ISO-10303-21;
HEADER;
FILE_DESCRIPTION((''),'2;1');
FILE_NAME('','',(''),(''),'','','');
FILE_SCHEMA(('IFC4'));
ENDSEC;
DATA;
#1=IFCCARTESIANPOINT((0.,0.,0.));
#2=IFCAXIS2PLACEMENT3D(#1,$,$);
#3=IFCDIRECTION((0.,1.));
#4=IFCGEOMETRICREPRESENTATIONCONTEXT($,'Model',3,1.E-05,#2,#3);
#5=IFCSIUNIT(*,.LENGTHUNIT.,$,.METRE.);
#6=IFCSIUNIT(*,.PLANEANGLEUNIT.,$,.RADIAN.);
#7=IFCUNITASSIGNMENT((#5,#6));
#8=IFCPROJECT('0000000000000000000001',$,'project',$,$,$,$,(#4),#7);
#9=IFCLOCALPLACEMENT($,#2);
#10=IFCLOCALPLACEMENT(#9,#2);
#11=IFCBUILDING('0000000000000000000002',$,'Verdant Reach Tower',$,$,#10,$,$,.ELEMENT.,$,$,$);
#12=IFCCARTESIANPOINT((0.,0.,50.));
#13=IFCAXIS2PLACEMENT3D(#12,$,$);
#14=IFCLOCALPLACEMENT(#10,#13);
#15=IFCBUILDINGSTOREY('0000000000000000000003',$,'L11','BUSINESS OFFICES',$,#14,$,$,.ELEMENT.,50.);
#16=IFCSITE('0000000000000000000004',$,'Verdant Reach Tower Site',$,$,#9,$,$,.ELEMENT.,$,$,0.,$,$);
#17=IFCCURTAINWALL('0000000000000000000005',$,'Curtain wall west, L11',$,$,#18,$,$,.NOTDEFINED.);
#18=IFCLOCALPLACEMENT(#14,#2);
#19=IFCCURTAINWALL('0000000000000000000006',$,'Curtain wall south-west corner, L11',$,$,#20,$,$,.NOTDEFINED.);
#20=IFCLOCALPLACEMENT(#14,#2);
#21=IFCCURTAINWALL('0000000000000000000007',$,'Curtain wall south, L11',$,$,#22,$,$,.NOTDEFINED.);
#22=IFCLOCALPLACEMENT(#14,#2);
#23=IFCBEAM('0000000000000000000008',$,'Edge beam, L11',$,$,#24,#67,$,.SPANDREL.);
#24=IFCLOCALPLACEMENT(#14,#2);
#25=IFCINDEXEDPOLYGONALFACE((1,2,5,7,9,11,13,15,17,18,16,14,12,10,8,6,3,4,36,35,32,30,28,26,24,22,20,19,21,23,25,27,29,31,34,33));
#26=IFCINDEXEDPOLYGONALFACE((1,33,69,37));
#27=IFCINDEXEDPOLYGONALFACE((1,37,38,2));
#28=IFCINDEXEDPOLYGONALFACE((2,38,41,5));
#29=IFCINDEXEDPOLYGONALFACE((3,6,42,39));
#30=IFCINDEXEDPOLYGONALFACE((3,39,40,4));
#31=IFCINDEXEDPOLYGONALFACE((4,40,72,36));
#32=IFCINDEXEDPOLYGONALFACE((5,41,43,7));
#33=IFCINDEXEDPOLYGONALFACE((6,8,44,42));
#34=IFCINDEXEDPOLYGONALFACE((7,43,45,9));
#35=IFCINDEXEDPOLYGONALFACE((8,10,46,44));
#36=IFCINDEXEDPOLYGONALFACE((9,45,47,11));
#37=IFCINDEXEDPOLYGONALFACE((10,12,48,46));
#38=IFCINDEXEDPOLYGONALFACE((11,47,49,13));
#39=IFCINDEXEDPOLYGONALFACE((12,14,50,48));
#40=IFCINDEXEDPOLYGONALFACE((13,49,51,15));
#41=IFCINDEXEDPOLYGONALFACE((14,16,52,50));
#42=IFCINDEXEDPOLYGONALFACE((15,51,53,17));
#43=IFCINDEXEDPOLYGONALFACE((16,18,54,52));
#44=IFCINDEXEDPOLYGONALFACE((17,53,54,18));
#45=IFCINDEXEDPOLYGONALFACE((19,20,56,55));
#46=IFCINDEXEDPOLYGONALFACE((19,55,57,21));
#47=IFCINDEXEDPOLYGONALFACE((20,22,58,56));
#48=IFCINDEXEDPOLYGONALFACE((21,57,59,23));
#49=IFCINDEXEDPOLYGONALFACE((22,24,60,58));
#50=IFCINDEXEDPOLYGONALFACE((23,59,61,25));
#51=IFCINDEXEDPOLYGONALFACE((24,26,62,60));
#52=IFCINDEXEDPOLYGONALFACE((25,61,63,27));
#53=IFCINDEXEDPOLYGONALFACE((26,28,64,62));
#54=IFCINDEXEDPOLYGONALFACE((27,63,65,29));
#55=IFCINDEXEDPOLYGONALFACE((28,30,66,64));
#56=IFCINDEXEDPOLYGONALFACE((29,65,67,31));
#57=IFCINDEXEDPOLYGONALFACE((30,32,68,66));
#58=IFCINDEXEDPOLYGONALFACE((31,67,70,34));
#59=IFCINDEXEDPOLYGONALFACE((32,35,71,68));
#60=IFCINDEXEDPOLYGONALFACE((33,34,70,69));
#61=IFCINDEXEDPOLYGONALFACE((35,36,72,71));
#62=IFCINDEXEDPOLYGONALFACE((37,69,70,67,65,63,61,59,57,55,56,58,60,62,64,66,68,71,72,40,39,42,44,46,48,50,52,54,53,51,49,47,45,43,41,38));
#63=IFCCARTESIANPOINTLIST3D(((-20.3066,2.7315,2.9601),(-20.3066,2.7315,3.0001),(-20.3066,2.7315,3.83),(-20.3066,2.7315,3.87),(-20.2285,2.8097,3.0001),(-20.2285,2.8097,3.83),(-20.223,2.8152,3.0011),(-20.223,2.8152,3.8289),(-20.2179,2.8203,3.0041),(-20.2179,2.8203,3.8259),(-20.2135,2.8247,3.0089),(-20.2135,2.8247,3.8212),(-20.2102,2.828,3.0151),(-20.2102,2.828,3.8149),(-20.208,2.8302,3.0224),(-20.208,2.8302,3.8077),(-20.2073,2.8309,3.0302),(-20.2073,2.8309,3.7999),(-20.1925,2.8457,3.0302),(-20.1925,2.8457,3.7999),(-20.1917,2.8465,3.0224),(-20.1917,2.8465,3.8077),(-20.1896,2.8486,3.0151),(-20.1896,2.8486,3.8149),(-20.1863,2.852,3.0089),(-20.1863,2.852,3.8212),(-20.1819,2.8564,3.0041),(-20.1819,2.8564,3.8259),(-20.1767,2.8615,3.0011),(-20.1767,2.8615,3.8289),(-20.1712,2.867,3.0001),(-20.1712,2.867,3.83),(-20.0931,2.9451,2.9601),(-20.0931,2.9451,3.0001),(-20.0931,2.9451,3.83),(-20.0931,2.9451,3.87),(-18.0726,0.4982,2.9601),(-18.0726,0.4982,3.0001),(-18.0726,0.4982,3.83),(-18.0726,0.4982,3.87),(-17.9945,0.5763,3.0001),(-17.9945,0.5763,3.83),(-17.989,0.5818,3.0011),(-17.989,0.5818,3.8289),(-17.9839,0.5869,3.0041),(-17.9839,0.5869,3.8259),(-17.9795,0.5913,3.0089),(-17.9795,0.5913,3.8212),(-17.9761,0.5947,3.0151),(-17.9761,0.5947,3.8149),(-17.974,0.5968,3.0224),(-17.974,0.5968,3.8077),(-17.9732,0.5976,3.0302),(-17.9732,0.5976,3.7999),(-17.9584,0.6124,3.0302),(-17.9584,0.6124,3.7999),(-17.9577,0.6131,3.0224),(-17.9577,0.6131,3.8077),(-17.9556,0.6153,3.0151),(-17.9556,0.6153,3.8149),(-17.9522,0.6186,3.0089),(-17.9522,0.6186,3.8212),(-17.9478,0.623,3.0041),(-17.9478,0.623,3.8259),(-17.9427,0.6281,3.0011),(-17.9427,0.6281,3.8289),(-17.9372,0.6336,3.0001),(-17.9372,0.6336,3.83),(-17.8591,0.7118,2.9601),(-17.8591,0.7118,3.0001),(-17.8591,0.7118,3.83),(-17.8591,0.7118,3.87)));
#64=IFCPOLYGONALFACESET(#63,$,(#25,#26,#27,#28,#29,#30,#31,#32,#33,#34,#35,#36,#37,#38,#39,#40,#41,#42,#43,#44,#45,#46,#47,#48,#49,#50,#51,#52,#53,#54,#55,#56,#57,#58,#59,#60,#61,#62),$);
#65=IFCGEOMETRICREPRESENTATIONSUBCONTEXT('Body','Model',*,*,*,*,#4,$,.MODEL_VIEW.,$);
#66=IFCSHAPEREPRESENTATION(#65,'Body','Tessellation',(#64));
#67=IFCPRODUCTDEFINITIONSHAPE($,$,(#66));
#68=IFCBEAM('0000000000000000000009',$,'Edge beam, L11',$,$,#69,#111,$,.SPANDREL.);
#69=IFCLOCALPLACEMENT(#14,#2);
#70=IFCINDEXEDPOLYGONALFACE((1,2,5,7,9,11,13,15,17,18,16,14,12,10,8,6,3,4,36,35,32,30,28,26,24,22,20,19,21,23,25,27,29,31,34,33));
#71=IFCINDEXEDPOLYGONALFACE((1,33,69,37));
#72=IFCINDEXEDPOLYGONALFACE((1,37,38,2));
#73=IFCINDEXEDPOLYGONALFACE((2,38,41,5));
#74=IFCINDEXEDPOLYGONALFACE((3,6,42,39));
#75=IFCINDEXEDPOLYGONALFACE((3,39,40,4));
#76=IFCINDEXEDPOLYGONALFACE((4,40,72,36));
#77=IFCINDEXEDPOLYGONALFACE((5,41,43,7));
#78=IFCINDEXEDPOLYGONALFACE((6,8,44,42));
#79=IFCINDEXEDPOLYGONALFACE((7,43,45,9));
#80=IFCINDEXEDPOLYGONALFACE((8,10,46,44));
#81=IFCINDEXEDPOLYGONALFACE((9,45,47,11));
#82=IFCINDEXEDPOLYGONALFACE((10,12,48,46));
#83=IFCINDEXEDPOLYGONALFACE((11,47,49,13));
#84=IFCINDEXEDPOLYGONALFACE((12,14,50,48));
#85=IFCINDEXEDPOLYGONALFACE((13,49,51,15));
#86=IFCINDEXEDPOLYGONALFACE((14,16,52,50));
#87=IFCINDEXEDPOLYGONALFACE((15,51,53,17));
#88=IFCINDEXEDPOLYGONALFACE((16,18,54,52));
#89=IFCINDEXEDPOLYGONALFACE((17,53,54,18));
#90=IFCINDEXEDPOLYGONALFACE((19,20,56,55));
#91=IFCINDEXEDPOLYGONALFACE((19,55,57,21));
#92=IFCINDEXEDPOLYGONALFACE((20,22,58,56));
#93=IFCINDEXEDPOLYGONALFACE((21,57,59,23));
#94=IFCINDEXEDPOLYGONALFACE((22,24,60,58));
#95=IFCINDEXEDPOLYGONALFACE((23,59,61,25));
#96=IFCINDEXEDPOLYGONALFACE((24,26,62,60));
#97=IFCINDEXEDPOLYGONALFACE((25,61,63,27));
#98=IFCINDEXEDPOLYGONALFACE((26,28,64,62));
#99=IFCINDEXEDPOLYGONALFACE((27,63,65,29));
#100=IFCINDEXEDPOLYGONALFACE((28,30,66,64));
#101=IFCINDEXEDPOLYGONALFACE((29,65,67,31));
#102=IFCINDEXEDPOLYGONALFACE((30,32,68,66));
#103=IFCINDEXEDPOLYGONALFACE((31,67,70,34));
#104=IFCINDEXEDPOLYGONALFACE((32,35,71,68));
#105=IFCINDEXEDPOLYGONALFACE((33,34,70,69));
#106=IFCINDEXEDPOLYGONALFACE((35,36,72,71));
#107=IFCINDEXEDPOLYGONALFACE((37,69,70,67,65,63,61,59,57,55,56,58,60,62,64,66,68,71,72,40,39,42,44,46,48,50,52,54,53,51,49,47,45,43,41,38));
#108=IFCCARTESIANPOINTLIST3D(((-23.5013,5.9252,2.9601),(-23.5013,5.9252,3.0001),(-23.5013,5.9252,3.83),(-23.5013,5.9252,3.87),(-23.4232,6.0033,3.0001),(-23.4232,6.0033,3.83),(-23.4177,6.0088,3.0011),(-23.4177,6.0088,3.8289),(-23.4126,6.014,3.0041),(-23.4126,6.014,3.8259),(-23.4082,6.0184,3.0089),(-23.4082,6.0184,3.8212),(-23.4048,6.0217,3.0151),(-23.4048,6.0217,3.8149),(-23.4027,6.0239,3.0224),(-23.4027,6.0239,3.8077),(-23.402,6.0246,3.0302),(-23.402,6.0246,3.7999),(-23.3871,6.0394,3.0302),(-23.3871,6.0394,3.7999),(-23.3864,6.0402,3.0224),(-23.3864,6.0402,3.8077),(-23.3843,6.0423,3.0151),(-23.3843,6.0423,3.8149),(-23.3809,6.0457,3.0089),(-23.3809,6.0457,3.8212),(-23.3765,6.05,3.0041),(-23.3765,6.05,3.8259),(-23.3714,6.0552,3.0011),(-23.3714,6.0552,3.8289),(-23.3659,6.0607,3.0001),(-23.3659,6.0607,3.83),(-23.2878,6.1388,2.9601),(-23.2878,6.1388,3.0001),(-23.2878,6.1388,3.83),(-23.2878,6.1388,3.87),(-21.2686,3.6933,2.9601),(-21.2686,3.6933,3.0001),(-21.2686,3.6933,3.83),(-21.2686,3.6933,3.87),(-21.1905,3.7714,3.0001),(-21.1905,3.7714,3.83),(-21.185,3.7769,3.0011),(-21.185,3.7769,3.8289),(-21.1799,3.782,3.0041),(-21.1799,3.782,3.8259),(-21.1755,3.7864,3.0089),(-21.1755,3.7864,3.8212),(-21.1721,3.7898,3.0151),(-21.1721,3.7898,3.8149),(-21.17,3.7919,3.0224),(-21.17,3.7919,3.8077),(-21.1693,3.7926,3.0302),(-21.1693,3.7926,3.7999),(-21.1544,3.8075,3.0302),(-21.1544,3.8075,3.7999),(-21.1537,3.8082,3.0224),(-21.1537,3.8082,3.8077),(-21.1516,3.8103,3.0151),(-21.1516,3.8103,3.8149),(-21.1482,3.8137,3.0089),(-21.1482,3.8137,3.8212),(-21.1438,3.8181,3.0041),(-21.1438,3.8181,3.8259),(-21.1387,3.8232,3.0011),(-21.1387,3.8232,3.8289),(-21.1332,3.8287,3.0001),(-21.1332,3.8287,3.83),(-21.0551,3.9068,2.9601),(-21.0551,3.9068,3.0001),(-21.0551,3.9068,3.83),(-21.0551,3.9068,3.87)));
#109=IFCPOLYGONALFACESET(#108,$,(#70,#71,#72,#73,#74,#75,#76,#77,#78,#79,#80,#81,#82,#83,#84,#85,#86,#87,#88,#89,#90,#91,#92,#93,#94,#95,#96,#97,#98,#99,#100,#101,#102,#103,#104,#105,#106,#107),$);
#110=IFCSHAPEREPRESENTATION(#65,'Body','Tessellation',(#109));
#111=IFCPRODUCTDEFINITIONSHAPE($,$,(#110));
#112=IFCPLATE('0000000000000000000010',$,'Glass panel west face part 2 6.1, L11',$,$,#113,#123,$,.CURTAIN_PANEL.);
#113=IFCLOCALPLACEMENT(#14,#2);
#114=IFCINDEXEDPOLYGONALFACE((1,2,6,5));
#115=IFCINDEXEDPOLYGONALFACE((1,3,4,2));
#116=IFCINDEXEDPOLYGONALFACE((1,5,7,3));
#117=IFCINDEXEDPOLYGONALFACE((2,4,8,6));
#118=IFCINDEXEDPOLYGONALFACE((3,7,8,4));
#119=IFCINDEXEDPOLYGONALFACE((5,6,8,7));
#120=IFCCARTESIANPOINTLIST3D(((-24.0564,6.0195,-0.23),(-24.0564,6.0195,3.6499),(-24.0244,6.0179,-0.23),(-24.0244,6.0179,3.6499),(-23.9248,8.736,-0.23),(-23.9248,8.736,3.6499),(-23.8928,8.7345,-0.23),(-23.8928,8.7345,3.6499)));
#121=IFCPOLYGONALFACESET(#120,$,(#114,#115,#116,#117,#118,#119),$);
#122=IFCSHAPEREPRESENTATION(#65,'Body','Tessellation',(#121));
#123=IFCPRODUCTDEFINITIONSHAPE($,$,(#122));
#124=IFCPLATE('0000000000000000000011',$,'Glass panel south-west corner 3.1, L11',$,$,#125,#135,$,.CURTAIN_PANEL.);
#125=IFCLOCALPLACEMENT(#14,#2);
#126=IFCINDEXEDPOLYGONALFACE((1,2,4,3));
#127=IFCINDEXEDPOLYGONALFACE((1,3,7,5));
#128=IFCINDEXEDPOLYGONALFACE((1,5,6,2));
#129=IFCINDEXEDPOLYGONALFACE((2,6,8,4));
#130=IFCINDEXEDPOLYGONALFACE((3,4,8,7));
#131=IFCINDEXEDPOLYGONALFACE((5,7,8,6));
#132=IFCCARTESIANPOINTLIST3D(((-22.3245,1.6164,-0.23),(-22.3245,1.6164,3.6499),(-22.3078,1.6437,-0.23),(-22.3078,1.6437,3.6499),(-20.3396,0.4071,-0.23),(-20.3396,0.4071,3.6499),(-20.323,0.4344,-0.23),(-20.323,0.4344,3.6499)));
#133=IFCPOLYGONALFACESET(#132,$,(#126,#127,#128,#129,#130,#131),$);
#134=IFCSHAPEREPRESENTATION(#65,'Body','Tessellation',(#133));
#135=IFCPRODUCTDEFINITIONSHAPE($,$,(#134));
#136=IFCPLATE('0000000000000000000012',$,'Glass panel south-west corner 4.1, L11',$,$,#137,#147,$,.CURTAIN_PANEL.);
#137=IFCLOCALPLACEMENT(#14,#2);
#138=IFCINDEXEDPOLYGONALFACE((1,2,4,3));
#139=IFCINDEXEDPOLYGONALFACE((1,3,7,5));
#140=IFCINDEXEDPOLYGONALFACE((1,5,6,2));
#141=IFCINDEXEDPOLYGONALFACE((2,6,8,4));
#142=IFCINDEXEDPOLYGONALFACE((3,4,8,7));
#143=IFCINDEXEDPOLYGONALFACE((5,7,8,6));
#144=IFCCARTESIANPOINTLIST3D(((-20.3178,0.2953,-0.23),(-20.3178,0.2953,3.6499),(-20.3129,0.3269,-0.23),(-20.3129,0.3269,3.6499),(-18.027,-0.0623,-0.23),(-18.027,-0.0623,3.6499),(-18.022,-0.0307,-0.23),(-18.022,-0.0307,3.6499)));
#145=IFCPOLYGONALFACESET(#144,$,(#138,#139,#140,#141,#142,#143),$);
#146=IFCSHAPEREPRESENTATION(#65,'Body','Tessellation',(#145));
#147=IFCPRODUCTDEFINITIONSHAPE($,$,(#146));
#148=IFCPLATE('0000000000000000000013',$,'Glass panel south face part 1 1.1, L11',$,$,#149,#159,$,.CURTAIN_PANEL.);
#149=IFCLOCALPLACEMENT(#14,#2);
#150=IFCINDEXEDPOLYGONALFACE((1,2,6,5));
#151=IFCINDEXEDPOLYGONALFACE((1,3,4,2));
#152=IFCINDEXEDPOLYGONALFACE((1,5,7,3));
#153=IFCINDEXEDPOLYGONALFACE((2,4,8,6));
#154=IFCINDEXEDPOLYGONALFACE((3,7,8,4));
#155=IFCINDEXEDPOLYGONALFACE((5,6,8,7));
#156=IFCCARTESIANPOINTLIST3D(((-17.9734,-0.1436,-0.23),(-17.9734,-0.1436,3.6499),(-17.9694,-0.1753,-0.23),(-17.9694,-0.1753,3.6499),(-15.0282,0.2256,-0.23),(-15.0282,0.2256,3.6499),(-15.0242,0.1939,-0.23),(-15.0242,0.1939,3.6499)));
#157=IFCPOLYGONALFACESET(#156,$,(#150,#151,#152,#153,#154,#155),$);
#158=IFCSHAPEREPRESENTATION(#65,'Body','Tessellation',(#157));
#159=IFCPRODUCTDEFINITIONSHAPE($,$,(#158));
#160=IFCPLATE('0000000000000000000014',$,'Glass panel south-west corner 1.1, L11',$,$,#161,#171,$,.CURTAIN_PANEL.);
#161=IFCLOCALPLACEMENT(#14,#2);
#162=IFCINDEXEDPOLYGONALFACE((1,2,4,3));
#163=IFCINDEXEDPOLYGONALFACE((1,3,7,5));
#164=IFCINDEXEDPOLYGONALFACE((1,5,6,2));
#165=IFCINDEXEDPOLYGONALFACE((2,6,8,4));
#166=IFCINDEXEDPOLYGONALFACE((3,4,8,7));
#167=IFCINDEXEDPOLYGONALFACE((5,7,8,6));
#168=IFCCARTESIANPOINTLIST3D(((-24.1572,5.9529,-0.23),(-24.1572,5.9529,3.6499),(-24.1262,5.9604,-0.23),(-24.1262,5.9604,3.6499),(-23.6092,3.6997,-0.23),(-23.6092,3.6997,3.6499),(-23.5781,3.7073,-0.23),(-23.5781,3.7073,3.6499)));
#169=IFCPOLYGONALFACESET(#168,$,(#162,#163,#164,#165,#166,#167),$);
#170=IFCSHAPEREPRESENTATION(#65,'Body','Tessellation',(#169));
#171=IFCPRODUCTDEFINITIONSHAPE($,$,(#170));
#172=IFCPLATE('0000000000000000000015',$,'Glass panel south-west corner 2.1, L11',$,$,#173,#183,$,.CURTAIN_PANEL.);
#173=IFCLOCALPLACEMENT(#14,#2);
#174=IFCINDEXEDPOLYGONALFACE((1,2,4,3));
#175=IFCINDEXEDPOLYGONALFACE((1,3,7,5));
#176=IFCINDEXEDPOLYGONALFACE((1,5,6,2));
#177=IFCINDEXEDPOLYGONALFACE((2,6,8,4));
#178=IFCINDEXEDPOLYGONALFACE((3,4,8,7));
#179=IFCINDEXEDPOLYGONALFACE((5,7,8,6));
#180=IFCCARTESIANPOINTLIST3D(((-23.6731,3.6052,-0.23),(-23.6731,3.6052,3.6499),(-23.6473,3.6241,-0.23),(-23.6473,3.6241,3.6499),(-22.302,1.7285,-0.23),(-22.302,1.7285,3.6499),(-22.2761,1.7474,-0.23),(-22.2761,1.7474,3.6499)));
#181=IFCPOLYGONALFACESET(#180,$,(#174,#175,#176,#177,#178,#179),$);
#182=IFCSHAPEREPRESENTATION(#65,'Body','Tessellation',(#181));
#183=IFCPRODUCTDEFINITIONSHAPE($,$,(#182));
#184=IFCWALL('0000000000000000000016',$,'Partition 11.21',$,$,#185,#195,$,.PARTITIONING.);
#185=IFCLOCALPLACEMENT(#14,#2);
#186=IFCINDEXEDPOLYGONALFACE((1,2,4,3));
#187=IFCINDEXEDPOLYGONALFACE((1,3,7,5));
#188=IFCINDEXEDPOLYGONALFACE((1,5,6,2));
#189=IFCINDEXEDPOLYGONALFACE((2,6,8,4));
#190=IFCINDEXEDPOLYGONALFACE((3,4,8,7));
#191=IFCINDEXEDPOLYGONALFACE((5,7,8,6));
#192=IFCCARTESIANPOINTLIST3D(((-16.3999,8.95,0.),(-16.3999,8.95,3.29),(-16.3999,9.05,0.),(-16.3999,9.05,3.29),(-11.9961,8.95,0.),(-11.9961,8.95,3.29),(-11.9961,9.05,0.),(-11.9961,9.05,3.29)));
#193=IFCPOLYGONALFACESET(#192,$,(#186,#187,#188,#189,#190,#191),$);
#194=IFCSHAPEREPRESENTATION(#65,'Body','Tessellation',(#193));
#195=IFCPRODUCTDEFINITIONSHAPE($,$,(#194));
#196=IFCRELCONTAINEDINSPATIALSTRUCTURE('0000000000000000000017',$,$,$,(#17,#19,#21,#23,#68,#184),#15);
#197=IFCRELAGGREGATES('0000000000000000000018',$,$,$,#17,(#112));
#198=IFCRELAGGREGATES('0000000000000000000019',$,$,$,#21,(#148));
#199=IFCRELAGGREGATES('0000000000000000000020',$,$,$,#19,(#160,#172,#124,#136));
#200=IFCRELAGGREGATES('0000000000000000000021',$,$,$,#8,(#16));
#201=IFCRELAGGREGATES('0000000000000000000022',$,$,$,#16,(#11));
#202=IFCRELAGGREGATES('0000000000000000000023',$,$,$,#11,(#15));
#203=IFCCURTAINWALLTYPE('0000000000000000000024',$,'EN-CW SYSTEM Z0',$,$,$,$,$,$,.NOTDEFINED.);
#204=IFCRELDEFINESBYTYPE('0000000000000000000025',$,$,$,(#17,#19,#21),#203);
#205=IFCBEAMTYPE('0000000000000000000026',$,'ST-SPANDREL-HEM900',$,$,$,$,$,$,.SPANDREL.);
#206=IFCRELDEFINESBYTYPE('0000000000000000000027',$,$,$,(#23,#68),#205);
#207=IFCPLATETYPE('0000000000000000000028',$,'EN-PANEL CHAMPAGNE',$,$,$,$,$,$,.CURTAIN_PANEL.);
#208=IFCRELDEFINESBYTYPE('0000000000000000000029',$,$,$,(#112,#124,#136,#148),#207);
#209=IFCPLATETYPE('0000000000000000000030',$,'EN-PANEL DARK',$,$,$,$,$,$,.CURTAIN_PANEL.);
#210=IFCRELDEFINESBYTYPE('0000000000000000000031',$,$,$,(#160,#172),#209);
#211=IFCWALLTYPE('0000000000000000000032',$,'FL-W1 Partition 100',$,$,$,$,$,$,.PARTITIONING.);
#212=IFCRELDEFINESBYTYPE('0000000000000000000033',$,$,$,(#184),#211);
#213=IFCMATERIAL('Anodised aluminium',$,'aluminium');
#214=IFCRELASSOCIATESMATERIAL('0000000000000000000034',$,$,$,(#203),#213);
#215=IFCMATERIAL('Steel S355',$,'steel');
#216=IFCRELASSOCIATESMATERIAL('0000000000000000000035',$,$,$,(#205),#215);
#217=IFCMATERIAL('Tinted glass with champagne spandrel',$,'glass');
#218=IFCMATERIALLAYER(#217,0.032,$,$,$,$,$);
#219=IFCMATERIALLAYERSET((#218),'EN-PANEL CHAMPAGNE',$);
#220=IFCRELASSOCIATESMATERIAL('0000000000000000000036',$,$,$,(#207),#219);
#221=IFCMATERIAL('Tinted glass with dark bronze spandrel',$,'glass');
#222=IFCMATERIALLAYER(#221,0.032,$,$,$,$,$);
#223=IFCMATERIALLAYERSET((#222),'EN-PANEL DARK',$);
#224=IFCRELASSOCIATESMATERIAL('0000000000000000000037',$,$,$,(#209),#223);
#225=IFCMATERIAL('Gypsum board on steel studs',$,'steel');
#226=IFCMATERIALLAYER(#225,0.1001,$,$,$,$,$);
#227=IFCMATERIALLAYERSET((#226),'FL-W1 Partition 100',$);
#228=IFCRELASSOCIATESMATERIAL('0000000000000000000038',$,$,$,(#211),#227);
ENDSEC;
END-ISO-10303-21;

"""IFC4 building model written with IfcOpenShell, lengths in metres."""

from ifc_helpers import new_model, si_unit, direction, frame, frame_2d, origin, origin_2d, place, context, subcontext, project, spatial, rectangle, i_section, extrude, material, layer, layer_set, material_profile, profile_set, type_object, element, aggregate, save


model = new_model("IFC4")

# Units and contexts
model_context = context("Model", 3, precision=1e-05, world=origin(), true_north=direction((0.0, 1.0)))
body_context = subcontext(model_context, "Body", "Model", "MODEL_VIEW")
ifc_project = project(units=[si_unit("LENGTHUNIT", "METRE"), si_unit("PLANEANGLEUNIT", "RADIAN")], contexts=[model_context])

# Site, building, storey
site_placement = place(None, origin())
site = spatial("IfcSite", under=ifc_project, at=site_placement, Name="Verdant Reach Tower Site", CompositionType="ELEMENT", RefElevation=0.0)
building_placement = place(site_placement, origin())
building = spatial("IfcBuilding", under=site, at=building_placement, Name="Verdant Reach Tower", CompositionType="ELEMENT")
storey_placement = place(building_placement, frame((0.0, 0.0, 50.0)))
storey = spatial("IfcBuildingStorey", under=building, at=storey_placement, Name="L11", Description="BUSINESS OFFICES", CompositionType="ELEMENT", Elevation=50.0)

# Curtain wall
ifc_material_1 = material(Name="Anodised aluminium", Category="aluminium")
curtain_wall_type = type_object("IfcCurtainWallType", Name="EN-CW SYSTEM Z0", PredefinedType="NOTDEFINED", material=ifc_material_1)
curtain_wall_1_placement = place(storey_placement, origin())
curtain_wall_1 = element("IfcCurtainWall", 1, at=curtain_wall_1_placement, inside=storey, type_object=curtain_wall_type, Name="Curtain wall west, L11", PredefinedType="NOTDEFINED")

# Curtain walls
curtain_wall_2_placement = place(storey_placement, origin())
curtain_wall_2 = element("IfcCurtainWall", 2, at=curtain_wall_2_placement, inside=storey, type_object=curtain_wall_type, Name="Curtain wall south-west corner, L11", PredefinedType="NOTDEFINED")
curtain_wall_3_placement = place(storey_placement, origin())
curtain_wall_3 = element("IfcCurtainWall", 3, at=curtain_wall_3_placement, inside=storey, type_object=curtain_wall_type, Name="Curtain wall south, L11", PredefinedType="NOTDEFINED")

# Beams
ifc_material_2 = material(Name="Steel S355", Category="steel")
ifc_material_profile_1 = material_profile(ifc_material_2, i_section(OverallWidth=0.302, OverallDepth=0.9099, WebThickness=0.021, FlangeThickness=0.04, FilletRadius=0.03, at=origin_2d()), Name="HEM 900")
ifc_profile_set_1 = profile_set([ifc_material_profile_1], Name="Steel S355")
beam_type_1 = type_object("IfcBeamType", Name="ST-SPANDREL-HEM900", PredefinedType="SPANDREL", material=ifc_profile_set_1)
beam_1_placement = place(storey_placement, frame((-17.9658, 0.605, 3.415), z_axis=(-0.707223, 0.706991, 0.0), x_axis=(-0.706991, -0.707223, 0.0)))
element("IfcBeam", 4, at=beam_1_placement, inside=storey, type_object=beam_type_1, Name="Edge beam, L11", PredefinedType="SPANDREL", context=body_context, shape_type="SweptSolid", body=[
    extrude(i_section(OverallWidth=0.302, OverallDepth=0.9099, WebThickness=0.021, FlangeThickness=0.04, FilletRadius=0.03, at=origin_2d()), origin(), (0.0, 0.0, 1.0), 3.1589),
])
beam_2_placement = place(storey_placement, frame((-21.1619, 3.8, 3.415), z_axis=(-0.707223, 0.706991, 0.0), x_axis=(-0.706991, -0.707223, 0.0)))
element("IfcBeam", 5, at=beam_2_placement, inside=storey, type_object=beam_type_1, Name="Edge beam, L11", PredefinedType="SPANDREL", context=body_context, shape_type="SweptSolid", body=[
    extrude(i_section(OverallWidth=0.302, OverallDepth=0.9099, WebThickness=0.021, FlangeThickness=0.04, FilletRadius=0.03, at=origin_2d()), origin(), (0.0, 0.0, 1.0), 3.157),
])

# Plates
ifc_material_3 = material(Name="Tinted glass with champagne spandrel", Category="glass")
ifc_layer_1 = layer(ifc_material_3, 0.032)
ifc_layer_set_1 = layer_set([ifc_layer_1], Name="EN-PANEL CHAMPAGNE")
plate_type_1 = type_object("IfcPlateType", Name="EN-PANEL CHAMPAGNE", PredefinedType="CURTAIN_PANEL", material=ifc_layer_set_1)
plate_1_placement = place(storey_placement, frame((-23.9746, 7.377, -0.23), z_axis=(0.0, 0.0, 1.0), x_axis=(-0.048383, -0.998829, 0.0)))
plate_1 = element("IfcPlate", 6, at=plate_1_placement, type_object=plate_type_1, Name="Glass panel west face part 2 6.1, L11", PredefinedType="CURTAIN_PANEL", context=body_context, shape_type="SweptSolid", body=[
    extrude(rectangle(XDim=2.7197, YDim=0.032, at=origin_2d()), origin(), (0.0, 0.0, 1.0), 3.8799),
])
aggregate(curtain_wall_1, [plate_1])
plate_2_placement = place(storey_placement, frame((-21.3237, 1.0254, -0.23), z_axis=(0.0, 0.0, 1.0), x_axis=(0.853989, -0.520292, 0.0)))
plate_2 = element("IfcPlate", 7, at=plate_2_placement, type_object=plate_type_1, Name="Glass panel south-west corner 3.1, L11", PredefinedType="CURTAIN_PANEL", context=body_context, shape_type="SweptSolid", body=[
    extrude(rectangle(XDim=2.3242, YDim=0.032, at=origin_2d()), origin(), (0.0, 0.0, 1.0), 3.8799),
])
plate_3_placement = place(storey_placement, frame((-19.1699, 0.1323, -0.23), z_axis=(0.0, 0.0, 1.0), x_axis=(0.988035, -0.154233, 0.0)))
plate_3 = element("IfcPlate", 8, at=plate_3_placement, type_object=plate_type_1, Name="Glass panel south-west corner 4.1, L11", PredefinedType="CURTAIN_PANEL", context=body_context, shape_type="SweptSolid", body=[
    extrude(rectangle(XDim=2.3186, YDim=0.032, at=origin_2d()), origin(), (0.0, 0.0, 1.0), 3.8799),
])
plate_4_placement = place(storey_placement, frame((-16.4988, 0.0251, -0.23), z_axis=(0.0, 0.0, 1.0), x_axis=(0.992234, 0.124384, 0.0)))
plate_4 = element("IfcPlate", 9, at=plate_4_placement, type_object=plate_type_1, Name="Glass panel south face part 1 1.1, L11", PredefinedType="CURTAIN_PANEL", context=body_context, shape_type="SweptSolid", body=[
    extrude(rectangle(XDim=2.9683, YDim=0.032, at=origin_2d()), origin(), (0.0, 0.0, 1.0), 3.8799),
])
aggregate(curtain_wall_3, [plate_4])
ifc_material_4 = material(Name="Tinted glass with dark bronze spandrel", Category="glass")
ifc_layer_2 = layer(ifc_material_4, 0.032)
ifc_layer_set_2 = layer_set([ifc_layer_2], Name="EN-PANEL DARK")
plate_type_2 = type_object("IfcPlateType", Name="EN-PANEL DARK", PredefinedType="CURTAIN_PANEL", material=ifc_layer_set_2)
plate_5_placement = place(storey_placement, frame((-23.8677, 4.8301, -0.23), z_axis=(0.0, 0.0, 1.0), x_axis=(0.236347, -0.971669, 0.0)))
plate_5 = element("IfcPlate", 10, at=plate_5_placement, type_object=plate_type_2, Name="Glass panel south-west corner 1.1, L11", PredefinedType="CURTAIN_PANEL", context=body_context, shape_type="SweptSolid", body=[
    extrude(rectangle(XDim=2.3188, YDim=0.032, at=origin_2d()), origin(), (0.0, 0.0, 1.0), 3.8799),
])
plate_6_placement = place(storey_placement, frame((-22.9746, 2.6763, -0.23), z_axis=(0.0, 0.0, 1.0), x_axis=(0.589927, -0.807457, 0.0)))
plate_6 = element("IfcPlate", 11, at=plate_6_placement, type_object=plate_type_2, Name="Glass panel south-west corner 2.1, L11", PredefinedType="CURTAIN_PANEL", context=body_context, shape_type="SweptSolid", body=[
    extrude(rectangle(XDim=2.3242, YDim=0.032, at=origin_2d()), origin(), (0.0, 0.0, 1.0), 3.8799),
])
aggregate(curtain_wall_2, [plate_5, plate_6, plate_2, plate_3])

# Wall
ifc_material_5 = material(Name="Gypsum board on steel studs", Category="steel")
ifc_layer_3 = layer(ifc_material_5, 0.1001)
ifc_layer_set_3 = layer_set([ifc_layer_3], Name="FL-W1 Partition 100")
wall_type = type_object("IfcWallType", Name="FL-W1 Partition 100", PredefinedType="PARTITIONING", material=ifc_layer_set_3)
wall_placement = place(storey_placement, frame((-16.3999, 9.0, 0.0), z_axis=(0.0, 0.0, 1.0), x_axis=(1.0, 0.0, 0.0)))
element("IfcWall", 12, at=wall_placement, inside=storey, type_object=wall_type, Name="Partition 11.21", PredefinedType="PARTITIONING", context=body_context, shape_type="SweptSolid", body=[
    extrude(rectangle(XDim=4.4038, YDim=0.1001, at=frame_2d((2.2019, 0.0))), origin(), (0.0, 0.0, 1.0), 3.29),
])

save(model, "model.ifc")
